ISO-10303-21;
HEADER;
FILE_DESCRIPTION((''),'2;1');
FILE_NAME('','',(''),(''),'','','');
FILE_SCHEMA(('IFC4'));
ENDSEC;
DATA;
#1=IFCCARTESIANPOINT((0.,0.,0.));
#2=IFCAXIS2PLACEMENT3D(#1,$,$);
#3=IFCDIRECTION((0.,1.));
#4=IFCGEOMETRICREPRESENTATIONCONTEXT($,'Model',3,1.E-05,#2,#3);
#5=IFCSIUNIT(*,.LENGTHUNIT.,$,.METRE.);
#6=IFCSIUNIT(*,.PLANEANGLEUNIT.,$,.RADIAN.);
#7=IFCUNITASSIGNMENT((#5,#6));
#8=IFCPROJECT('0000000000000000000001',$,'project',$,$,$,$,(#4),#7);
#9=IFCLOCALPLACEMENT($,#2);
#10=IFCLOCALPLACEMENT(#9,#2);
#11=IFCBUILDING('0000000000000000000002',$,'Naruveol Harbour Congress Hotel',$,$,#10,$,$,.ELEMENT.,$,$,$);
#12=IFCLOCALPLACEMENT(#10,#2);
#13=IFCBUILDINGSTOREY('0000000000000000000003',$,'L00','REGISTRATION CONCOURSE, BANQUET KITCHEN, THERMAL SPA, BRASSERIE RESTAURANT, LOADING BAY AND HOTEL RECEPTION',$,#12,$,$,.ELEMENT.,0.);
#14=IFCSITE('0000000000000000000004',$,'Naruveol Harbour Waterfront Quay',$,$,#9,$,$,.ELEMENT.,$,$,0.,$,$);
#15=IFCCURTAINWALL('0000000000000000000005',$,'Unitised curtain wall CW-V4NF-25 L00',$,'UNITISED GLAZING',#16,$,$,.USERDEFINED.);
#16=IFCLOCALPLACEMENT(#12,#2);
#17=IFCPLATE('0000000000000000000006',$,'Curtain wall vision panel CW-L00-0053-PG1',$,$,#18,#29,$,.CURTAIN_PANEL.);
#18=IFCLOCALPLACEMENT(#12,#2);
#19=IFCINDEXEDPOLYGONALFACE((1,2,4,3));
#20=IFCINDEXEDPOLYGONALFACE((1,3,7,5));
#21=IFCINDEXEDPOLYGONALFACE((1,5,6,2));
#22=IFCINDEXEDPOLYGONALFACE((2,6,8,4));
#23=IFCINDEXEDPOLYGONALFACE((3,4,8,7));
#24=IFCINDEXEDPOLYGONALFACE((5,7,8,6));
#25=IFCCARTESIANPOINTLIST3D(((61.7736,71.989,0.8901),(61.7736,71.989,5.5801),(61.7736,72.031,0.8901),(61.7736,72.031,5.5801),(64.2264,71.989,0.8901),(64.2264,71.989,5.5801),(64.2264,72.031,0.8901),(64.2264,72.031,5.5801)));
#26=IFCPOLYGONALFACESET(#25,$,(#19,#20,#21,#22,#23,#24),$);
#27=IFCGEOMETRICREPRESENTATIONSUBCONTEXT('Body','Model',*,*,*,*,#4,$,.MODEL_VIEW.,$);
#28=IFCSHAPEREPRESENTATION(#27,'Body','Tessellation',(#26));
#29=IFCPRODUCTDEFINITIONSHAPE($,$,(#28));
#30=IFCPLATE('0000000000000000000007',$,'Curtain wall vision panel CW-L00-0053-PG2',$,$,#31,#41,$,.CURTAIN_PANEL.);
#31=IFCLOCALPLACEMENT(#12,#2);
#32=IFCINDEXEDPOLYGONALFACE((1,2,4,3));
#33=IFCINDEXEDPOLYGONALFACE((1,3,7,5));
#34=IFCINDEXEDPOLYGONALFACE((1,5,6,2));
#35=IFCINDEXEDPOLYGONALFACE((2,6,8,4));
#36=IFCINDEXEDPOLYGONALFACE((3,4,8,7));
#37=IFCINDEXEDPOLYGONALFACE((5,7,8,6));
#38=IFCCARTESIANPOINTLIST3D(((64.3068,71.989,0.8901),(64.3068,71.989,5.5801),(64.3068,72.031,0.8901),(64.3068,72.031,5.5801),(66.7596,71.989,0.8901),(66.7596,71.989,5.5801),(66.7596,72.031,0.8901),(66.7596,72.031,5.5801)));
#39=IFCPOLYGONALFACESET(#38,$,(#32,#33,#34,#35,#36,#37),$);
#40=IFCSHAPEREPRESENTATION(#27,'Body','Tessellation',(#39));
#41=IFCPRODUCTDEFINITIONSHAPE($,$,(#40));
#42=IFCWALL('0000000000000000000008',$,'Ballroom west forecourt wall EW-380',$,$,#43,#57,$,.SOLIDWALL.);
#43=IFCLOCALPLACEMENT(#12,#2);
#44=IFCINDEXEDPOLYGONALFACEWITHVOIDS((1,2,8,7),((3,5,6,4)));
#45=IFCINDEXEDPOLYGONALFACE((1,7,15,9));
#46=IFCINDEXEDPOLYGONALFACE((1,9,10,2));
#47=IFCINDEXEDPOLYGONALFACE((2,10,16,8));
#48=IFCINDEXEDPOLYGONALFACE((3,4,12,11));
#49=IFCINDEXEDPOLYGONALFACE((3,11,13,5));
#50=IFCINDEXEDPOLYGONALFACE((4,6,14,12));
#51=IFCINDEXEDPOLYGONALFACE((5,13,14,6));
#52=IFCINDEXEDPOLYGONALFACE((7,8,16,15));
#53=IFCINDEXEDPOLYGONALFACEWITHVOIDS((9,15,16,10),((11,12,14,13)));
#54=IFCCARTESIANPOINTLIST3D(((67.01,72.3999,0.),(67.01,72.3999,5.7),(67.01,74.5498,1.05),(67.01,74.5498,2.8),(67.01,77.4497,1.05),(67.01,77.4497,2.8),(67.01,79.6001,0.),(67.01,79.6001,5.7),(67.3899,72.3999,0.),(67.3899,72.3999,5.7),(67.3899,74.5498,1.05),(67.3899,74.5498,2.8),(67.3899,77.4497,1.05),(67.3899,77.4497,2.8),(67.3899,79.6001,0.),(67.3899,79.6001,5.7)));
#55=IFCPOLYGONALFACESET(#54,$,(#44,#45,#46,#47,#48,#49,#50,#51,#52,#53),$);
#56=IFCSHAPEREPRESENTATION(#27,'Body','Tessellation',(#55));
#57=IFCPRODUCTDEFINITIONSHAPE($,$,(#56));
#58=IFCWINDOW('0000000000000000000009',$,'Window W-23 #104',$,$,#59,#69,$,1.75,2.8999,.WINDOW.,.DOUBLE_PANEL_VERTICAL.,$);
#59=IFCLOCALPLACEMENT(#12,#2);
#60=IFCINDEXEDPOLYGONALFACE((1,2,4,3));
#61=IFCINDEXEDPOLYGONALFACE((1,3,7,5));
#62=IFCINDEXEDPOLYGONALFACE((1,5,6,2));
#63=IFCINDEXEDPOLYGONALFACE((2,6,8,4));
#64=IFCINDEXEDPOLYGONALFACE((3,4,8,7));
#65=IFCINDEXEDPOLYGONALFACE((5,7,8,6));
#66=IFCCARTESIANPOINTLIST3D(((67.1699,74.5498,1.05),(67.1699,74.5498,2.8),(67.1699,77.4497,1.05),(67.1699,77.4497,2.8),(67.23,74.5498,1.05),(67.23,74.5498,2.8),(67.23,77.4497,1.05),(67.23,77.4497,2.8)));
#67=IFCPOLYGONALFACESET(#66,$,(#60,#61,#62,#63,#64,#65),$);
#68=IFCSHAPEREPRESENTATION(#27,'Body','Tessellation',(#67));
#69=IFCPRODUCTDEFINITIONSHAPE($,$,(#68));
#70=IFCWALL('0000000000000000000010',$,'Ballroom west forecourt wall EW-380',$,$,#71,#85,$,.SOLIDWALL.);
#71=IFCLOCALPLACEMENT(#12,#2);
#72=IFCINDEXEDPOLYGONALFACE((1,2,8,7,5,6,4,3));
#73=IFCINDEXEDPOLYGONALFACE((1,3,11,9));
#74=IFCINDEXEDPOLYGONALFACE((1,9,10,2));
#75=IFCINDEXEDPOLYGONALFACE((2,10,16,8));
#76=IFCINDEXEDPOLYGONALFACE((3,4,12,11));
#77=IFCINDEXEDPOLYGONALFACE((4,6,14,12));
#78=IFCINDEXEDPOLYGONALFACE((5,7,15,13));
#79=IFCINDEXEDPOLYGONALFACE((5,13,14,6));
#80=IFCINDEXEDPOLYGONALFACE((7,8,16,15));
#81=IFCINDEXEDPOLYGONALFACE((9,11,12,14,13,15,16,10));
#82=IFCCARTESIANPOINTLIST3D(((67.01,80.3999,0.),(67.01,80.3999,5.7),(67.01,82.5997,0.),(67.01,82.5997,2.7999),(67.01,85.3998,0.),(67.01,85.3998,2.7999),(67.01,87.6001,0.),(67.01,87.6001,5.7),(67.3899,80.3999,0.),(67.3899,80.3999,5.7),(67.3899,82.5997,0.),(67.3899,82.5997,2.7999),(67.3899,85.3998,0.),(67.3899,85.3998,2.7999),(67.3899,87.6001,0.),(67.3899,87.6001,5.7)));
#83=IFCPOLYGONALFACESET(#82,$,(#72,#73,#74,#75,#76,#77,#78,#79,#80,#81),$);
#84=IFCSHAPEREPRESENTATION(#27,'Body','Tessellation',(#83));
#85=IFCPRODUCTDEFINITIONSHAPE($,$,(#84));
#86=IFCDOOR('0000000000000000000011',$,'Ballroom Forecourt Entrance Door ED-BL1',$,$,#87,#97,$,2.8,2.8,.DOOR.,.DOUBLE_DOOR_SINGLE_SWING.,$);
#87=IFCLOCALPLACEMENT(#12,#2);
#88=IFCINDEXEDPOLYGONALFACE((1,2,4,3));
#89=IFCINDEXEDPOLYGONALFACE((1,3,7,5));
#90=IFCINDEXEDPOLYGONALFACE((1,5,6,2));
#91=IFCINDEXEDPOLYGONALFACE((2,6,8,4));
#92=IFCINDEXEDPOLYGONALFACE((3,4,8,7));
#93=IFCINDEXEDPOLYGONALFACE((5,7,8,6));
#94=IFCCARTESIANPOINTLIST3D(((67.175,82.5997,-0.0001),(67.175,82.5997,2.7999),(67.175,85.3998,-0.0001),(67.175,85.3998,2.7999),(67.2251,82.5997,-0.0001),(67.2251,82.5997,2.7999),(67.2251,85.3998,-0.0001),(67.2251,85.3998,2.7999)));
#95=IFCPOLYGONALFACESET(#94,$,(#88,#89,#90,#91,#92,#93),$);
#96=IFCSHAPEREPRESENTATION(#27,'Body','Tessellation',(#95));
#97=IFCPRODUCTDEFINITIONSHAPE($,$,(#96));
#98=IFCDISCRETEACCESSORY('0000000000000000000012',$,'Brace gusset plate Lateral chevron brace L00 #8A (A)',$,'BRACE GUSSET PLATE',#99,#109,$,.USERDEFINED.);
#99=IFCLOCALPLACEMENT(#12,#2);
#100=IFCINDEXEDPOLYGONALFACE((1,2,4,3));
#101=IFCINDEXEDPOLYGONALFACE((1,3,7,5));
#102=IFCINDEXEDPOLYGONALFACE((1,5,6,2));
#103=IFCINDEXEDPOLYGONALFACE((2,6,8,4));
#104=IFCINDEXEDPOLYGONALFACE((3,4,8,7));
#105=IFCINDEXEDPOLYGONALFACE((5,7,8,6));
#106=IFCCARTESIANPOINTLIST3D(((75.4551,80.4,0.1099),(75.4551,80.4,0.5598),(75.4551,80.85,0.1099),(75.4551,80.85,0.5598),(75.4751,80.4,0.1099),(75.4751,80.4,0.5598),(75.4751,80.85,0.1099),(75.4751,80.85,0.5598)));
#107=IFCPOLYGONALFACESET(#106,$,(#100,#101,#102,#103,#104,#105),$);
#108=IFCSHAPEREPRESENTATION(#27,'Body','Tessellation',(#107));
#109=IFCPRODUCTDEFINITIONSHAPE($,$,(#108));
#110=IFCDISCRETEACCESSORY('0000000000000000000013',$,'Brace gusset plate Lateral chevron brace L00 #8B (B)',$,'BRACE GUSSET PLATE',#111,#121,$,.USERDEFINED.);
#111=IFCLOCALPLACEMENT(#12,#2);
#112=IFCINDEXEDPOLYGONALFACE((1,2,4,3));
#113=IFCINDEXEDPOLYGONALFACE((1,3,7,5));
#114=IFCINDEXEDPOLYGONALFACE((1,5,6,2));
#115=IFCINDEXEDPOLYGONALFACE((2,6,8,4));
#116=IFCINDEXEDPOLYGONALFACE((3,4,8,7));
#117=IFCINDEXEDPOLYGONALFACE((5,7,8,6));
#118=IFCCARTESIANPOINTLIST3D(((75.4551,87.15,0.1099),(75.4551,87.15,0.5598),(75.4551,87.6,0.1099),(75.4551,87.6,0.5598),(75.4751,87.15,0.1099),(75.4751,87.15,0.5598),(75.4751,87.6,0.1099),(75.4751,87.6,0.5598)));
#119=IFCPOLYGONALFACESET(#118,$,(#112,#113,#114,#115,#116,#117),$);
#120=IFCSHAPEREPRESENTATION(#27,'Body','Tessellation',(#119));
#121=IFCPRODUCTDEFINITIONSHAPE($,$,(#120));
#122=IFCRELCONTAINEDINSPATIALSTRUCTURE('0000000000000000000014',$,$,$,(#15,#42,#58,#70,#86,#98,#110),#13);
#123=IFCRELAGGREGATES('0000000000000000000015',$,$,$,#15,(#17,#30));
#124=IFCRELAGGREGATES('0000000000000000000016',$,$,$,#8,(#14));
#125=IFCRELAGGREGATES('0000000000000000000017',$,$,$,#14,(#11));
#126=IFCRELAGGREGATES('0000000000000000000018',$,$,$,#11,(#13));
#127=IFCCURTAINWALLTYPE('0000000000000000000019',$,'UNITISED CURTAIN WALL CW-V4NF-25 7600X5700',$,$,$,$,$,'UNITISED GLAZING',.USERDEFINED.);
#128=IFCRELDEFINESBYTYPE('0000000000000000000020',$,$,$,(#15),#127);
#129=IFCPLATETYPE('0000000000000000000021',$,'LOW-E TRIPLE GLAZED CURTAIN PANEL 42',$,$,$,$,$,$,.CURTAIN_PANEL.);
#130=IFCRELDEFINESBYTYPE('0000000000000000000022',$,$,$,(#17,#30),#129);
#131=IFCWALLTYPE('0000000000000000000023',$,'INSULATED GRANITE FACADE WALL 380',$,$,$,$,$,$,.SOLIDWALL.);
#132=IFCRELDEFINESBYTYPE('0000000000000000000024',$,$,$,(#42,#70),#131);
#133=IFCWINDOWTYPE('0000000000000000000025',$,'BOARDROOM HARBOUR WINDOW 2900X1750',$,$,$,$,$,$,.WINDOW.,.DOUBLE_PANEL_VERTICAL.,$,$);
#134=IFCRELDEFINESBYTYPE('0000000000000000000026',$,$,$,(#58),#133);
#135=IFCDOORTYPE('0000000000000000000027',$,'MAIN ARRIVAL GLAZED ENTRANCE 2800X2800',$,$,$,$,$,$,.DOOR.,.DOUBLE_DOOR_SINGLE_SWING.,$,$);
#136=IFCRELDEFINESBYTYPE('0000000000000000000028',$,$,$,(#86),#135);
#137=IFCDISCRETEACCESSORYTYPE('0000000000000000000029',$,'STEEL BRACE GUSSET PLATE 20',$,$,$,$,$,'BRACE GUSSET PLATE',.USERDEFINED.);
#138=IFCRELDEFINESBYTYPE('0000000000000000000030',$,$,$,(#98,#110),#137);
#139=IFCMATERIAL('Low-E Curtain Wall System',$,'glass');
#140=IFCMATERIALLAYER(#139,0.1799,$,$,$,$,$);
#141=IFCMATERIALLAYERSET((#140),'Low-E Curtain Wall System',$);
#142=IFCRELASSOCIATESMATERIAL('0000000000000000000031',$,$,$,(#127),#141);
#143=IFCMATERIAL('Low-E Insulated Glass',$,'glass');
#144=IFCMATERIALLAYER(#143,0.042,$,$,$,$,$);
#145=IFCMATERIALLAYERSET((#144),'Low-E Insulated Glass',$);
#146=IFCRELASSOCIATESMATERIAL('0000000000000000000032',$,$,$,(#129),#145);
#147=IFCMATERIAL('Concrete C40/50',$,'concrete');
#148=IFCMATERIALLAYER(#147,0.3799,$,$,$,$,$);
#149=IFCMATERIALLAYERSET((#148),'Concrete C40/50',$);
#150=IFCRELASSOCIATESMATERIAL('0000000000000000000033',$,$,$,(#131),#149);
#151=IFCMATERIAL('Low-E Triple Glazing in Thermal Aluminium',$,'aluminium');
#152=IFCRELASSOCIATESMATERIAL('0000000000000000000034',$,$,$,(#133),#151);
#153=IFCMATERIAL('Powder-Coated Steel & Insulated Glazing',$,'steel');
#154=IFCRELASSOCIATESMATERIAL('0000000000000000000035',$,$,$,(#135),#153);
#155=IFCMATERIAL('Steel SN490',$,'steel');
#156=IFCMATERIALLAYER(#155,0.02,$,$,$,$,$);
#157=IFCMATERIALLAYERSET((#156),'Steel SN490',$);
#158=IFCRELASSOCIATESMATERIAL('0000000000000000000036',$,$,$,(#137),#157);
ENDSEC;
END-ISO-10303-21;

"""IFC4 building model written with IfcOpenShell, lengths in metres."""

from ifc_helpers import new_model, si_unit, direction, frame, frame_2d, origin, origin_2d, place, context, subcontext, project, spatial, rectangle, extrude, material, layer, layer_set, type_object, element, fill, aggregate, save


model = new_model("IFC4")

# Units and contexts
model_context = context("Model", 3, precision=1e-05, world=origin(), true_north=direction((0.0, 1.0)))
body_context = subcontext(model_context, "Body", "Model", "MODEL_VIEW")
ifc_project = project(units=[si_unit("LENGTHUNIT", "METRE"), si_unit("PLANEANGLEUNIT", "RADIAN")], contexts=[model_context])

# Site, building, storey
site_placement = place(None, origin())
site = spatial("IfcSite", under=ifc_project, at=site_placement, Name="Naruveol Harbour Waterfront Quay", CompositionType="ELEMENT", RefElevation=0.0)
building_placement = place(site_placement, origin())
building = spatial("IfcBuilding", under=site, at=building_placement, Name="Naruveol Harbour Congress Hotel", CompositionType="ELEMENT")
storey_placement = place(building_placement, origin())
storey = spatial("IfcBuildingStorey", under=building, at=storey_placement, Name="L00", Description="REGISTRATION CONCOURSE, BANQUET KITCHEN, THERMAL SPA, BRASSERIE RESTAURANT, LOADING BAY AND HOTEL RECEPTION", CompositionType="ELEMENT", Elevation=0.0)

# Curtain wall, plates
ifc_material_1 = material(Name="Low-E Curtain Wall System", Category="glass")
ifc_layer_1 = layer(ifc_material_1, 0.1799)
ifc_layer_set_1 = layer_set([ifc_layer_1], Name="Low-E Curtain Wall System")
curtain_wall_type = type_object("IfcCurtainWallType", Name="UNITISED CURTAIN WALL CW-V4NF-25 7600X5700", ElementType="UNITISED GLAZING", PredefinedType="USERDEFINED", material=ifc_layer_set_1)
curtain_wall_placement = place(storey_placement, origin())
curtain_wall = element("IfcCurtainWall", 1, at=curtain_wall_placement, inside=storey, type_object=curtain_wall_type, Name="Unitised curtain wall CW-V4NF-25 L00", ObjectType="UNITISED GLAZING", PredefinedType="USERDEFINED")
ifc_material_2 = material(Name="Low-E Insulated Glass", Category="glass")
ifc_layer_2 = layer(ifc_material_2, 0.042)
ifc_layer_set_2 = layer_set([ifc_layer_2], Name="Low-E Insulated Glass")
plate_type_1 = type_object("IfcPlateType", Name="LOW-E TRIPLE GLAZED CURTAIN PANEL 42", PredefinedType="CURTAIN_PANEL", material=ifc_layer_set_2)
plate_1_placement = place(storey_placement, frame((63.0, 72.01, 0.8901), z_axis=(0.0, 0.0, 1.0), x_axis=(1.0, 0.0, 0.0)))
plate_1 = element("IfcPlate", 2, at=plate_1_placement, type_object=plate_type_1, Name="Curtain wall vision panel CW-L00-0053-PG1", PredefinedType="CURTAIN_PANEL", context=body_context, shape_type="SweptSolid", body=[
    extrude(rectangle(XDim=2.4529, YDim=0.042, at=origin_2d()), origin(), (0.0, 0.0, 1.0), 4.6899),
])
plate_2_placement = place(storey_placement, frame((65.5332, 72.01, 0.8901), z_axis=(0.0, 0.0, 1.0), x_axis=(1.0, 0.0, 0.0)))
plate_2 = element("IfcPlate", 3, at=plate_2_placement, type_object=plate_type_1, Name="Curtain wall vision panel CW-L00-0053-PG2", PredefinedType="CURTAIN_PANEL", context=body_context, shape_type="SweptSolid", body=[
    extrude(rectangle(XDim=2.4529, YDim=0.042, at=origin_2d()), origin(), (0.0, 0.0, 1.0), 4.6899),
])
aggregate(curtain_wall, [plate_1, plate_2])

# Wall, opening, window
ifc_material_3 = material(Name="Concrete C40/50", Category="concrete")
ifc_layer_3 = layer(ifc_material_3, 0.3799)
ifc_layer_set_3 = layer_set([ifc_layer_3], Name="Concrete C40/50")
wall_type = type_object("IfcWallType", Name="INSULATED GRANITE FACADE WALL 380", PredefinedType="SOLIDWALL", material=ifc_layer_set_3)
wall_1_placement = place(storey_placement, frame((67.2, 72.3999, 0.0), z_axis=(0.0, 0.0, 1.0), x_axis=(0.0, 1.0, 0.0)))
wall_1 = element("IfcWall", 4, at=wall_1_placement, inside=storey, type_object=wall_type, Name="Ballroom west forecourt wall EW-380", PredefinedType="SOLIDWALL", context=body_context, shape_type="SweptSolid", body=[
    extrude(rectangle(XDim=7.2002, YDim=0.3799, at=frame_2d((3.6001, 0.0))), origin(), (0.0, 0.0, 1.0), 5.7),
])
opening_1_placement = place(wall_1_placement, frame((2.1499, 0.0, 1.05)))
opening_1 = element("IfcOpeningElement", 5, at=opening_1_placement, cuts=wall_1, PredefinedType="OPENING", context=body_context, shape_type="SweptSolid", body=[
    extrude(rectangle(XDim=2.8999, YDim=1.75, at=frame_2d((1.45, 0.875))), frame((0.0, 0.2, 0.0), z_axis=(0.0, -1.0, 0.0), x_axis=(1.0, 0.0, 0.0)), (0.0, 0.0, 1.0), 0.3999),
])
ifc_material_4 = material(Name="Low-E Triple Glazing in Thermal Aluminium", Category="aluminium")
window_type = type_object("IfcWindowType", Name="BOARDROOM HARBOUR WINDOW 2900X1750", PartitioningType="DOUBLE_PANEL_VERTICAL", PredefinedType="WINDOW", material=ifc_material_4)
window_placement = place(opening_1_placement, origin())
window = element("IfcWindow", 6, at=window_placement, inside=storey, type_object=window_type, Name="Window W-23 #104", OverallHeight=1.75, OverallWidth=2.8999, PartitioningType="DOUBLE_PANEL_VERTICAL", PredefinedType="WINDOW", context=body_context, shape_type="SweptSolid", body=[
    extrude(rectangle(XDim=2.8999, YDim=1.75, at=frame_2d((1.45, 0.875))), frame((0.0, 0.03, 0.0), z_axis=(0.0, -1.0, 0.0), x_axis=(1.0, 0.0, 0.0)), (0.0, 0.0, 1.0), 0.0601),
])
fill(opening_1, window)

# Wall, opening, door
wall_2_placement = place(storey_placement, frame((67.2, 80.3999, 0.0), z_axis=(0.0, 0.0, 1.0), x_axis=(0.0, 1.0, 0.0)))
wall_2 = element("IfcWall", 7, at=wall_2_placement, inside=storey, type_object=wall_type, Name="Ballroom west forecourt wall EW-380", PredefinedType="SOLIDWALL", context=body_context, shape_type="SweptSolid", body=[
    extrude(rectangle(XDim=7.2002, YDim=0.3799, at=frame_2d((3.6001, 0.0))), origin(), (0.0, 0.0, 1.0), 5.7),
])
opening_2_placement = place(wall_2_placement, frame((2.2, 0.0, 0.0)))
opening_2 = element("IfcOpeningElement", 8, at=opening_2_placement, cuts=wall_2, PredefinedType="OPENING", context=body_context, shape_type="SweptSolid", body=[
    extrude(rectangle(XDim=2.8, YDim=2.8, at=frame_2d((1.3999, 1.3999))), frame((0.0, 0.2, 0.0), z_axis=(0.0, -1.0, 0.0), x_axis=(1.0, 0.0, 0.0)), (0.0, 0.0, 1.0), 0.3999),
])
ifc_material_5 = material(Name="Powder-Coated Steel & Insulated Glazing", Category="steel")
door_type = type_object("IfcDoorType", Name="MAIN ARRIVAL GLAZED ENTRANCE 2800X2800", OperationType="DOUBLE_DOOR_SINGLE_SWING", PredefinedType="DOOR", material=ifc_material_5)
door_placement = place(opening_2_placement, origin())
door = element("IfcDoor", 9, at=door_placement, inside=storey, type_object=door_type, Name="Ballroom Forecourt Entrance Door ED-BL1", OperationType="DOUBLE_DOOR_SINGLE_SWING", OverallHeight=2.8, OverallWidth=2.8, PredefinedType="DOOR", context=body_context, shape_type="SweptSolid", body=[
    extrude(rectangle(XDim=2.8, YDim=2.8, at=frame_2d((1.3999, 1.3999))), frame((0.0, 0.0249, 0.0), z_axis=(0.0, -1.0, 0.0), x_axis=(1.0, 0.0, 0.0)), (0.0, 0.0, 1.0), 0.05),
])
fill(opening_2, door)

# Discrete accessories
ifc_material_6 = material(Name="Steel SN490", Category="steel")
ifc_layer_4 = layer(ifc_material_6, 0.02)
ifc_layer_set_4 = layer_set([ifc_layer_4], Name="Steel SN490")
discrete_accessory_type = type_object("IfcDiscreteAccessoryType", Name="STEEL BRACE GUSSET PLATE 20", ElementType="BRACE GUSSET PLATE", PredefinedType="USERDEFINED", material=ifc_layer_set_4)
for number, where, z_axis, x_axis, name in (
    (10, (75.4651, 80.625, 0.1099), (0.0, 0.0, 1.0), (0.0, 1.0, 0.0), "Brace gusset plate Lateral chevron brace L00 #8A (A)"),
    (11, (75.4651, 87.375, 0.1099), (0.0, 0.0, 1.0), (0.0, -1.0, 0.0), "Brace gusset plate Lateral chevron brace L00 #8B (B)"),
):
    element("IfcDiscreteAccessory", number, at=place(storey_placement, frame(where, z_axis=z_axis, x_axis=x_axis)), inside=storey, type_object=discrete_accessory_type, Name=name, ObjectType="BRACE GUSSET PLATE", PredefinedType="USERDEFINED", context=body_context, shape_type="SweptSolid", body=[
        extrude(rectangle(XDim=0.45, YDim=0.02, at=origin_2d()), origin(), (0.0, 0.0, 1.0), 0.45),
    ])

save(model, "model.ifc")
